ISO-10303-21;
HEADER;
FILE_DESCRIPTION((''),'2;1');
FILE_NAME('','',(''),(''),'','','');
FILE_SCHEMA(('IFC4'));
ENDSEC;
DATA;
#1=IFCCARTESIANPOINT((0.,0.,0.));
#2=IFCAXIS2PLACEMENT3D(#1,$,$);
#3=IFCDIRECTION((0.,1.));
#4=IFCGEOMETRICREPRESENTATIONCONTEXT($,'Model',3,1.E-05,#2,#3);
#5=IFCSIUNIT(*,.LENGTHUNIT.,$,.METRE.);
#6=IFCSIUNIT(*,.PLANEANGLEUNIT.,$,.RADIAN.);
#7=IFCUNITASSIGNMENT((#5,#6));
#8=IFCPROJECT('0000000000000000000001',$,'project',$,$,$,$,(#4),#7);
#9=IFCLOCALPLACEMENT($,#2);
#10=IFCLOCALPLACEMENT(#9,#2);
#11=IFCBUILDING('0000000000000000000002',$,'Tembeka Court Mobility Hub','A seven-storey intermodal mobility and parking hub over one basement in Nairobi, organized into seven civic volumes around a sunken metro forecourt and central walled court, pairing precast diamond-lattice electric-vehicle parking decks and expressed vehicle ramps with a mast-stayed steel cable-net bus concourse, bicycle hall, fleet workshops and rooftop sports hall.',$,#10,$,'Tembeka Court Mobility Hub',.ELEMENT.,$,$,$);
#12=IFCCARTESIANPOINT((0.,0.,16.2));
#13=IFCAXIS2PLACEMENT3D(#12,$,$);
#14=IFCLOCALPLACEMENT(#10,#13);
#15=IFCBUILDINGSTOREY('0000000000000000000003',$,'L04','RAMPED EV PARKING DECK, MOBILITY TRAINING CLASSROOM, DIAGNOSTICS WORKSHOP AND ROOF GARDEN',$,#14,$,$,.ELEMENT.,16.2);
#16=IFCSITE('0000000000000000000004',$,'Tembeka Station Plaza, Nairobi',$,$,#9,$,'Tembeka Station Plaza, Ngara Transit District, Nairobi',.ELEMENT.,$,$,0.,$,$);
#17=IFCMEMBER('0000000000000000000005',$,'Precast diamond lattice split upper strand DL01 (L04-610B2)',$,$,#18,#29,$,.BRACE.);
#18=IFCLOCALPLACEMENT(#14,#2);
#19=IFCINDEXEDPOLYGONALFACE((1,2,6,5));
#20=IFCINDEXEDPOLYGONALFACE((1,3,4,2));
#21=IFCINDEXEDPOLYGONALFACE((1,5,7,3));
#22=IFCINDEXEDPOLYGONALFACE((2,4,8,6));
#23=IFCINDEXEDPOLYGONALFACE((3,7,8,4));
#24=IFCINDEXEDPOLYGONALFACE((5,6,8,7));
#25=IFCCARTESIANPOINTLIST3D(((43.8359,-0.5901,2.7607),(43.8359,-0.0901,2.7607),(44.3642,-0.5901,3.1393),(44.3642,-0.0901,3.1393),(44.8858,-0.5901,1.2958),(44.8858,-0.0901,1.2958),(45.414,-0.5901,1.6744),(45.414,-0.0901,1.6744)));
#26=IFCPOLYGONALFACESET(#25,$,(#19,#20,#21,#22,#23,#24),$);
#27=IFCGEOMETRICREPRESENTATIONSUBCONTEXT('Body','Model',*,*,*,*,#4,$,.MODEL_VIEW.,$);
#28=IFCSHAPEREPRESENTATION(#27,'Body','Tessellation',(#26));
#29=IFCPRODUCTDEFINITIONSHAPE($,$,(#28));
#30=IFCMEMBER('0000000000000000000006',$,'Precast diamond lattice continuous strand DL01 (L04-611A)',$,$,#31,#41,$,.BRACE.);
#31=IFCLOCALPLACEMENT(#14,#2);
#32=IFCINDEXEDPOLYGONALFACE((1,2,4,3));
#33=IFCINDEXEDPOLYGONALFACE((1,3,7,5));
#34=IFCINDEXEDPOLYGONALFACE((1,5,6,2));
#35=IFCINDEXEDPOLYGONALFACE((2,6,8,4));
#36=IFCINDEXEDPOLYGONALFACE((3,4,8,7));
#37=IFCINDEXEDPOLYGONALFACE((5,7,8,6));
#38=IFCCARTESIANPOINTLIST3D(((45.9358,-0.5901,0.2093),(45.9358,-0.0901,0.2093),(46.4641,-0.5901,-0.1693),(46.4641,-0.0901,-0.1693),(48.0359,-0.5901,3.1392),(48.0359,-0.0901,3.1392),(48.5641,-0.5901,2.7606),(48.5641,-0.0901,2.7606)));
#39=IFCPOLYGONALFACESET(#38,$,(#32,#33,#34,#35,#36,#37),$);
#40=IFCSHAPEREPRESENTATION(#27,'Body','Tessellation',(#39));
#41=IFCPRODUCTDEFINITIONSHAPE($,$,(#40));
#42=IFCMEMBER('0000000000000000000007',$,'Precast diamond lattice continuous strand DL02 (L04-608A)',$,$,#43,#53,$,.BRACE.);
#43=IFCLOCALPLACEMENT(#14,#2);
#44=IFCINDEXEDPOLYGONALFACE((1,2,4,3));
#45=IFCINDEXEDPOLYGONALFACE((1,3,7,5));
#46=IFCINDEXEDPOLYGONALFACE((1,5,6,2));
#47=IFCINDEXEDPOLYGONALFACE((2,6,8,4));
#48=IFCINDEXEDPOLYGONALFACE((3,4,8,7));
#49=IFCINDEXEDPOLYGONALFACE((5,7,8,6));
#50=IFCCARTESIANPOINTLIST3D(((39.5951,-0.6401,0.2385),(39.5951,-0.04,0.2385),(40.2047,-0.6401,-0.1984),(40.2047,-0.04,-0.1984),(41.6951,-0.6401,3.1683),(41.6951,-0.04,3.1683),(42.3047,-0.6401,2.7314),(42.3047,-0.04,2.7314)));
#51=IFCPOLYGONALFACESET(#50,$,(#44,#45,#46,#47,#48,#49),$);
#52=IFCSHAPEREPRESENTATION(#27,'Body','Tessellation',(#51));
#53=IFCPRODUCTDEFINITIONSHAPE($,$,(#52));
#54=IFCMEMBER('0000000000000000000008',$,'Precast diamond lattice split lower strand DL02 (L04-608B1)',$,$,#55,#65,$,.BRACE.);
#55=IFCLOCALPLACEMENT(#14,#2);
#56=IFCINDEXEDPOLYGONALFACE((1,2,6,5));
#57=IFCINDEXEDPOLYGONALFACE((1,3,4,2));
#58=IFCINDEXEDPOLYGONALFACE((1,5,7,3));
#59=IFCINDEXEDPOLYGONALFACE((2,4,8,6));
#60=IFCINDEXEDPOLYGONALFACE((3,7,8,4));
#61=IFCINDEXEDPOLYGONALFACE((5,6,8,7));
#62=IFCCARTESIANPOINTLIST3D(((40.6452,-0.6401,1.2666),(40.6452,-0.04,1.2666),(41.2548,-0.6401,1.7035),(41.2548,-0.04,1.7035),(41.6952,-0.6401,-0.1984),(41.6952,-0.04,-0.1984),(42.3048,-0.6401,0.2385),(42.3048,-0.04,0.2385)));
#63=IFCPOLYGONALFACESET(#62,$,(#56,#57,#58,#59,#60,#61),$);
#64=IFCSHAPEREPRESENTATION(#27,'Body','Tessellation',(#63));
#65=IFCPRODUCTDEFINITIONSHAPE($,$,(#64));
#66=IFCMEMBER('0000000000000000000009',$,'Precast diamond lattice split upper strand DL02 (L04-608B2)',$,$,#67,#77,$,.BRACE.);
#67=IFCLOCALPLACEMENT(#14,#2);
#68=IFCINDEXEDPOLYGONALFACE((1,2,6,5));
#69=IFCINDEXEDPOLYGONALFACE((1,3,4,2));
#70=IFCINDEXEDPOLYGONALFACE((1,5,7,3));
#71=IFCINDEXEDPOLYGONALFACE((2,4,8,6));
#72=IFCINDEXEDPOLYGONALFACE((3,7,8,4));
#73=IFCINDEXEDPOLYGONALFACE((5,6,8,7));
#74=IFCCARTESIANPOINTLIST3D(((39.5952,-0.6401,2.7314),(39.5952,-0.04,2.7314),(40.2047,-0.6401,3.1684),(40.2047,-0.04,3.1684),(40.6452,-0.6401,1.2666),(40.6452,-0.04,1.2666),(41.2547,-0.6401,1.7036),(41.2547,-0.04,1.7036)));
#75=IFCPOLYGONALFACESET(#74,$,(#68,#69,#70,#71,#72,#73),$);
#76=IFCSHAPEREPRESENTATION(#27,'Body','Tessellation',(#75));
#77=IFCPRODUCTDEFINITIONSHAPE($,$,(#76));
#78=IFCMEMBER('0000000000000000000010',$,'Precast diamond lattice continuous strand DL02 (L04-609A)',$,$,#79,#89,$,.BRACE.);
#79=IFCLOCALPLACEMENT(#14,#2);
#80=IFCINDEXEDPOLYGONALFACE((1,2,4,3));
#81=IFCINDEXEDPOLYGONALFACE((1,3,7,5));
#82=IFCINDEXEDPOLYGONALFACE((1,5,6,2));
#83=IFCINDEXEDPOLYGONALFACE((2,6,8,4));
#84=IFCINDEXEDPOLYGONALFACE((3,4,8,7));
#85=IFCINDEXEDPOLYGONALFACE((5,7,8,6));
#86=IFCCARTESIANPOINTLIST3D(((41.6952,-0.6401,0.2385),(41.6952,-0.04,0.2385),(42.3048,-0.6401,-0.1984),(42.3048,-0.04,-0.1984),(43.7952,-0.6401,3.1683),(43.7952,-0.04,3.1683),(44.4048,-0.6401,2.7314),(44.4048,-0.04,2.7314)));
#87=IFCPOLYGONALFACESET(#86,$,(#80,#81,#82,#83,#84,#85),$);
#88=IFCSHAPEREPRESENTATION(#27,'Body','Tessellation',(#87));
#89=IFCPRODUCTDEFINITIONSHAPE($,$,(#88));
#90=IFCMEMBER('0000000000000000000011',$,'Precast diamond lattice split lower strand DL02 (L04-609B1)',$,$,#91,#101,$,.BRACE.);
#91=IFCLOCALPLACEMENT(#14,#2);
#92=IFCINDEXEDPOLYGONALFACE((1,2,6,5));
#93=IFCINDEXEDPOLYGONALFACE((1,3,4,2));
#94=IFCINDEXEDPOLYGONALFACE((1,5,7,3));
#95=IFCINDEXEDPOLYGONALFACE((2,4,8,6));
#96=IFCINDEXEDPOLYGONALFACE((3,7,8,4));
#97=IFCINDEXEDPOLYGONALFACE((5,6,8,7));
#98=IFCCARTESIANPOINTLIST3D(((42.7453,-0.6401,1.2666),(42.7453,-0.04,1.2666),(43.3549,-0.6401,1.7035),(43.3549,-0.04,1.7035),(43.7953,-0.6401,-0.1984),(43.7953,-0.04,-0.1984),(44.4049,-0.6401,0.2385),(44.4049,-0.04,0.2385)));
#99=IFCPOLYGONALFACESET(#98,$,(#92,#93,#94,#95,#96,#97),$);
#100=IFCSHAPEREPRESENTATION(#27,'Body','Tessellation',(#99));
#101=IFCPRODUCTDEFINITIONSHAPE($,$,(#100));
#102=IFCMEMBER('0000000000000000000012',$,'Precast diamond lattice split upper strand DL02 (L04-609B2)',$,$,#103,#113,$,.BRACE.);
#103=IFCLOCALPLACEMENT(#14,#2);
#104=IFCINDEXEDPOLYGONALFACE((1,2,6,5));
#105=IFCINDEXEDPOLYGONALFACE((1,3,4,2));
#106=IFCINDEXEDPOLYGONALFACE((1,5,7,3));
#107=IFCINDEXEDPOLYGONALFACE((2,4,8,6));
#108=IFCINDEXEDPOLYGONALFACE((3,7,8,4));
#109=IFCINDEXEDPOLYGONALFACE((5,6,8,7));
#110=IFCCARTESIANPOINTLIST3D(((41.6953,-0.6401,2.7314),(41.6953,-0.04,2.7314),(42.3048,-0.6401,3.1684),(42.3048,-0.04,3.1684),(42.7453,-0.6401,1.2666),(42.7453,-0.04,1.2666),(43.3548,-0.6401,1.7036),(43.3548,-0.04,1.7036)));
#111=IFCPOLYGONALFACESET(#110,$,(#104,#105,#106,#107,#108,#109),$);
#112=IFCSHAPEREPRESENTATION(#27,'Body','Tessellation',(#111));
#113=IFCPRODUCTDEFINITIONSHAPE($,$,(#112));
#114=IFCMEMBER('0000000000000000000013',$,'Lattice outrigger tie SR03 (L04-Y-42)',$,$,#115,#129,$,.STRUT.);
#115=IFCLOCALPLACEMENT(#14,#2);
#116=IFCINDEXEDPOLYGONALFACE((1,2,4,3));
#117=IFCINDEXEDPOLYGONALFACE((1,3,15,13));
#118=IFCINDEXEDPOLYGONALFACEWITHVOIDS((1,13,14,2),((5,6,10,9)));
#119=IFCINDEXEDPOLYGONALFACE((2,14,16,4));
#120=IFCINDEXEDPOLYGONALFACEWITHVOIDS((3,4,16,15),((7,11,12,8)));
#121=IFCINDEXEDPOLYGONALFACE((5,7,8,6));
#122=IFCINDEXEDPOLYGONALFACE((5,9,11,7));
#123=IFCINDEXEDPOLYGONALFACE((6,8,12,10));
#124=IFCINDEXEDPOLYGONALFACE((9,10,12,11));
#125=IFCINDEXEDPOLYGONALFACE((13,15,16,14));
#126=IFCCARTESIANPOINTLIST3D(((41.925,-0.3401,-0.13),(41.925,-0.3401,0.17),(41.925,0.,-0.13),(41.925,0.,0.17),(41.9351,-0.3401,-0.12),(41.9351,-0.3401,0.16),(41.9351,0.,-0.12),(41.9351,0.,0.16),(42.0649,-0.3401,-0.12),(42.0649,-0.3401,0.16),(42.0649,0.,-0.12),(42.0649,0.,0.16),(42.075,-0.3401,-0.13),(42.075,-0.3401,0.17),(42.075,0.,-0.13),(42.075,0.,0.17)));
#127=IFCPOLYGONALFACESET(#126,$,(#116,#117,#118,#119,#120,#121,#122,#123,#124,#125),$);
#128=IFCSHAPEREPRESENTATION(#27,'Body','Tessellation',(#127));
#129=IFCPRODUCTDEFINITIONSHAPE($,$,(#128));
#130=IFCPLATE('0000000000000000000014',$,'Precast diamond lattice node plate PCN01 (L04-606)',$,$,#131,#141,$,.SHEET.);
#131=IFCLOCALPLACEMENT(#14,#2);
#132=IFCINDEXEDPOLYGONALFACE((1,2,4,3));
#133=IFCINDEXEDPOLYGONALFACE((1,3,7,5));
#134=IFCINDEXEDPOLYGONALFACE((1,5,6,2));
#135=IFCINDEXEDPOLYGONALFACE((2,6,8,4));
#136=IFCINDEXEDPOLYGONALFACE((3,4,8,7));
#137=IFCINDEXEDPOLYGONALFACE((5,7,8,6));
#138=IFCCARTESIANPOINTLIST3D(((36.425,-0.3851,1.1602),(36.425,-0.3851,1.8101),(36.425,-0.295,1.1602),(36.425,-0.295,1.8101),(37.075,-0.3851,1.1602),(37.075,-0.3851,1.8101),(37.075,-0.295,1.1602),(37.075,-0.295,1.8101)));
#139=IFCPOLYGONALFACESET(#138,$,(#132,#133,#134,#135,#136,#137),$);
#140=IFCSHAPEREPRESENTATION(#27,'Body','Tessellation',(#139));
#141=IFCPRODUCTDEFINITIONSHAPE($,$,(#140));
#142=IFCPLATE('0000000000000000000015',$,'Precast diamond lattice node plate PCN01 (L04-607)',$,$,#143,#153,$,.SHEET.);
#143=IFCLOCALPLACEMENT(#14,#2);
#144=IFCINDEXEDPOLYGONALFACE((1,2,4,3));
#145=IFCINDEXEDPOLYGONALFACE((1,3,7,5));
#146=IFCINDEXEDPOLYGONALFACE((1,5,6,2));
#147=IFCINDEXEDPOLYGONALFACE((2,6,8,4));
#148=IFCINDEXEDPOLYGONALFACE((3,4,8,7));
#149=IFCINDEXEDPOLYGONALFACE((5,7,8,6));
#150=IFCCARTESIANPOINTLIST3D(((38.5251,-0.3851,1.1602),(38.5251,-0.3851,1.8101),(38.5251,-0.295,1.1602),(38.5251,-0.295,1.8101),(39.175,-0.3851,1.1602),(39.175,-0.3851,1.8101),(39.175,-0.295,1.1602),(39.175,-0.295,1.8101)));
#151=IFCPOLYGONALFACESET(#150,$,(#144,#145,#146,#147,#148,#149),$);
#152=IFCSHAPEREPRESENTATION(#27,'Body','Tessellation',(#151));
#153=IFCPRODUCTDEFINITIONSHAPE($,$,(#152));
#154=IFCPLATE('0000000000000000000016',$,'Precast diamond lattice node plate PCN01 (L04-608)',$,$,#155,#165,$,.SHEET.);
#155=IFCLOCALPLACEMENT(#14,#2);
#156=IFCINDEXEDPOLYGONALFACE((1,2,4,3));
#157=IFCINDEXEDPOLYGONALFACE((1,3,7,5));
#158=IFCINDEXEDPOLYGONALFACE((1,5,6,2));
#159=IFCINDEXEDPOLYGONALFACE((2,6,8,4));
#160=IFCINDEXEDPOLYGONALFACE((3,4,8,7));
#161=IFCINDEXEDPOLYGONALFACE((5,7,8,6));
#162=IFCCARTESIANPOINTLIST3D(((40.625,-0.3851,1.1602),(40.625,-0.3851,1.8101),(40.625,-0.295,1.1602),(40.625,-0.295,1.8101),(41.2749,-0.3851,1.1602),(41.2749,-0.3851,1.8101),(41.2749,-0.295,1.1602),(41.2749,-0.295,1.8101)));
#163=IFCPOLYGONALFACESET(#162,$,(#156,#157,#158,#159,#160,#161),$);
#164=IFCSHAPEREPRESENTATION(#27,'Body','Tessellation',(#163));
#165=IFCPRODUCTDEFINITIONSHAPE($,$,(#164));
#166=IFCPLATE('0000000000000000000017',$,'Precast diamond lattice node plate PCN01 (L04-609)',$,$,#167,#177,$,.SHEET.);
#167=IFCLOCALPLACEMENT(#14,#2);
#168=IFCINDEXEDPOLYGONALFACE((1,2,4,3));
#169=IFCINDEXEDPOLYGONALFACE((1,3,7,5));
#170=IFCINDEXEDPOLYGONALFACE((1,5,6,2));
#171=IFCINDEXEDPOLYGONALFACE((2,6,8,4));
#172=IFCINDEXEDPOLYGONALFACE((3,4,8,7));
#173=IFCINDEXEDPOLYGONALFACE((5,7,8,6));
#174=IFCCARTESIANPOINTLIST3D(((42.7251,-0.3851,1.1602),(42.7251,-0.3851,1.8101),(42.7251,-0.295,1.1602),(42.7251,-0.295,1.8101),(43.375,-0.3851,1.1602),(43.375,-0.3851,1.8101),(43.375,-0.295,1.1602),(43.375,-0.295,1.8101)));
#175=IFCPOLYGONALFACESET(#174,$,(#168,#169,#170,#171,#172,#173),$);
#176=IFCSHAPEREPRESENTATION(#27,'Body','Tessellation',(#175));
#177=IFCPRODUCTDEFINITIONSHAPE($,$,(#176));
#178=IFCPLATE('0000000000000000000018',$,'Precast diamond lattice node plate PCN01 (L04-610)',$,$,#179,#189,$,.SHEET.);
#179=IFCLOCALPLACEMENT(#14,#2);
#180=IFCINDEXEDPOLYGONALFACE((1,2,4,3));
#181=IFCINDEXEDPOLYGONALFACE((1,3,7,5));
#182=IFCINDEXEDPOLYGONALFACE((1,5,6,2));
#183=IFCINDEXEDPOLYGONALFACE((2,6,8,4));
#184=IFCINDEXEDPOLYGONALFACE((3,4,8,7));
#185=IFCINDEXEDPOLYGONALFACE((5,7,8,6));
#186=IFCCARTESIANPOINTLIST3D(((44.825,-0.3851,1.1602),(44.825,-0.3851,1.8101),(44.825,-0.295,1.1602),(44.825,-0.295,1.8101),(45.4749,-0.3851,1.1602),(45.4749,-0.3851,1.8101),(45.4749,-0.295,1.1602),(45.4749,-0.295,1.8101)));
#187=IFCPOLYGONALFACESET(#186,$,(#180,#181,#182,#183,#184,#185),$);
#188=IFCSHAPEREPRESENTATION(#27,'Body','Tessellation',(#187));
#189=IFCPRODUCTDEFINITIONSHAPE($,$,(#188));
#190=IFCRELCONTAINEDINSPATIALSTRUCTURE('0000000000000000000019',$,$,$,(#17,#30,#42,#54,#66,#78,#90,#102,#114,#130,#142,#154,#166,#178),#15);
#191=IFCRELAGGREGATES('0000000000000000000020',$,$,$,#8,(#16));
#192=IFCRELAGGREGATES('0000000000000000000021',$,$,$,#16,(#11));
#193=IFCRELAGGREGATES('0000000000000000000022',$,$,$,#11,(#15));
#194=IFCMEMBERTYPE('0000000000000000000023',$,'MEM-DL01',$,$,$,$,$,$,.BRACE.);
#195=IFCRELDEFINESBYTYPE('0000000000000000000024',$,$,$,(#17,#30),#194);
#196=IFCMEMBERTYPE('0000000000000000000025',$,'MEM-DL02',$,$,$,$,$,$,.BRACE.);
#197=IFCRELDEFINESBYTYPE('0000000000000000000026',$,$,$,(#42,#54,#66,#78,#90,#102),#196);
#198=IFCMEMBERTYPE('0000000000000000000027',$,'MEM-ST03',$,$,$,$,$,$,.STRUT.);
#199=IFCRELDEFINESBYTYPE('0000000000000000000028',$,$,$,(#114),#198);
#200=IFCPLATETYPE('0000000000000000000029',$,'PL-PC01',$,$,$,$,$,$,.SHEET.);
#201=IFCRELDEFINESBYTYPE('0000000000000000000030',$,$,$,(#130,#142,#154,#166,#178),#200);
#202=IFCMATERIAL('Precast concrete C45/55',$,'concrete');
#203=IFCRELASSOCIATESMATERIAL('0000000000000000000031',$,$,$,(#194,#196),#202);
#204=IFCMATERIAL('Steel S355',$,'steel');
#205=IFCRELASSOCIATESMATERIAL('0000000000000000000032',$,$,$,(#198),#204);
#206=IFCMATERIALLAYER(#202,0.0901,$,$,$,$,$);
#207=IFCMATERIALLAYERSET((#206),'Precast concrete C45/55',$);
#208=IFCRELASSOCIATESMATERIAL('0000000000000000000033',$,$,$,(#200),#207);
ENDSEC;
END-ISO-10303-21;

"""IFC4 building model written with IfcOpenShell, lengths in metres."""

from ifc_helpers import new_model, si_unit, direction, frame, origin, origin_2d, place, context, subcontext, project, spatial, rectangle, hollow_rectangle, extrude, material, layer, layer_set, material_profile, profile_set, type_object, element, save


model = new_model("IFC4")

# Units and contexts
model_context = context("Model", 3, precision=1e-05, world=origin(), true_north=direction((0.0, 1.0)))
body_context = subcontext(model_context, "Body", "Model", "MODEL_VIEW")
ifc_project = project(units=[si_unit("LENGTHUNIT", "METRE"), si_unit("PLANEANGLEUNIT", "RADIAN")], contexts=[model_context])

# Site, building, storey
site_placement = place(None, origin())
site = spatial("IfcSite", under=ifc_project, at=site_placement, Name="Tembeka Station Plaza, Nairobi", LongName="Tembeka Station Plaza, Ngara Transit District, Nairobi", CompositionType="ELEMENT", RefElevation=0.0)
building_placement = place(site_placement, origin())
building = spatial("IfcBuilding", under=site, at=building_placement, Name="Tembeka Court Mobility Hub", Description="A seven-storey intermodal mobility and parking hub over one basement in Nairobi, organized into seven civic volumes around a sunken metro forecourt and central walled court, pairing precast diamond-lattice electric-vehicle parking decks and expressed vehicle ramps with a mast-stayed steel cable-net bus concourse, bicycle hall, fleet workshops and rooftop sports hall.", LongName="Tembeka Court Mobility Hub", CompositionType="ELEMENT")
storey_placement = place(building_placement, frame((0.0, 0.0, 16.2)))
storey = spatial("IfcBuildingStorey", under=building, at=storey_placement, Name="L04", Description="RAMPED EV PARKING DECK, MOBILITY TRAINING CLASSROOM, DIAGNOSTICS WORKSHOP AND ROOF GARDEN", CompositionType="ELEMENT", Elevation=16.2)

# Shared definitions
ifc_material_1 = material(Name="Steel S355", Category="steel")

# Shared definitions
ifc_material_2 = material(Name="Precast concrete C45/55", Category="concrete")

# Members
ifc_material_profile_1 = material_profile(ifc_material_2, rectangle(XDim=0.5, YDim=0.6499, at=origin_2d()), Name="PC-DIAG 500x650")
ifc_profile_set_1 = profile_set([ifc_material_profile_1], Name="Precast concrete C45/55")
member_type_1 = type_object("IfcMemberType", Name="MEM-DL01", PredefinedType="BRACE", material=ifc_profile_set_1)
member_1_placement = place(storey_placement, frame((45.1499, -0.3401, 1.4851), z_axis=(-0.582519, 0.0, 0.812817), x_axis=(0.0, -1.0, 0.0)))
element("IfcMember", 1, at=member_1_placement, inside=storey, type_object=member_type_1, Name="Precast diamond lattice split upper strand DL01 (L04-610B2)", PredefinedType="BRACE", context=body_context, shape_type="SweptSolid", body=[
    extrude(rectangle(XDim=0.5, YDim=0.6499, at=origin_2d()), origin(), (0.0, 0.0, 1.0), 1.8022),
])
member_2_placement = place(storey_placement, frame((46.2, -0.3401, 0.02), z_axis=(0.582576, 0.0, 0.812776), x_axis=(0.0, 1.0, 0.0)))
element("IfcMember", 2, at=member_2_placement, inside=storey, type_object=member_type_1, Name="Precast diamond lattice continuous strand DL01 (L04-611A)", PredefinedType="BRACE", context=body_context, shape_type="SweptSolid", body=[
    extrude(rectangle(XDim=0.5, YDim=0.6499, at=origin_2d()), origin(), (0.0, 0.0, 1.0), 3.6047),
])
ifc_material_profile_2 = material_profile(ifc_material_2, rectangle(XDim=0.6001, YDim=0.75, at=origin_2d()), Name="PC-DIAG 600x750")
ifc_profile_set_2 = profile_set([ifc_material_profile_2], Name="Precast concrete C45/55")
member_type_2 = type_object("IfcMemberType", Name="MEM-DL02", PredefinedType="BRACE", material=ifc_profile_set_2)
member_3_placement = place(storey_placement, frame((39.8999, -0.3401, 0.02), z_axis=(0.582576, 0.0, 0.812776), x_axis=(0.0, 1.0, 0.0)))
element("IfcMember", 3, at=member_3_placement, inside=storey, type_object=member_type_2, Name="Precast diamond lattice continuous strand DL02 (L04-608A)", PredefinedType="BRACE", context=body_context, shape_type="SweptSolid", body=[
    extrude(rectangle(XDim=0.6001, YDim=0.75, at=origin_2d()), origin(), (0.0, 0.0, 1.0), 3.6047),
])
member_4_placement = place(storey_placement, frame((42.0, -0.3401, 0.02), z_axis=(-0.582544, 0.0, 0.812799), x_axis=(0.0, -1.0, 0.0)))
element("IfcMember", 4, at=member_4_placement, inside=storey, type_object=member_type_2, Name="Precast diamond lattice split lower strand DL02 (L04-608B1)", PredefinedType="BRACE", context=body_context, shape_type="SweptSolid", body=[
    extrude(rectangle(XDim=0.6001, YDim=0.75, at=origin_2d()), origin(), (0.0, 0.0, 1.0), 1.8025),
])
member_5_placement = place(storey_placement, frame((40.95, -0.3401, 1.4851), z_axis=(-0.582608, 0.0, 0.812753), x_axis=(0.0, -1.0, 0.0)))
element("IfcMember", 5, at=member_5_placement, inside=storey, type_object=member_type_2, Name="Precast diamond lattice split upper strand DL02 (L04-608B2)", PredefinedType="BRACE", context=body_context, shape_type="SweptSolid", body=[
    extrude(rectangle(XDim=0.6001, YDim=0.75, at=origin_2d()), origin(), (0.0, 0.0, 1.0), 1.8022),
])
member_6_placement = place(storey_placement, frame((42.0, -0.3401, 0.02), z_axis=(0.582576, 0.0, 0.812776), x_axis=(0.0, 1.0, 0.0)))
element("IfcMember", 6, at=member_6_placement, inside=storey, type_object=member_type_2, Name="Precast diamond lattice continuous strand DL02 (L04-609A)", PredefinedType="BRACE", context=body_context, shape_type="SweptSolid", body=[
    extrude(rectangle(XDim=0.6001, YDim=0.75, at=origin_2d()), origin(), (0.0, 0.0, 1.0), 3.6047),
])
member_7_placement = place(storey_placement, frame((44.1001, -0.3401, 0.02), z_axis=(-0.582544, 0.0, 0.812799), x_axis=(0.0, -1.0, 0.0)))
element("IfcMember", 7, at=member_7_placement, inside=storey, type_object=member_type_2, Name="Precast diamond lattice split lower strand DL02 (L04-609B1)", PredefinedType="BRACE", context=body_context, shape_type="SweptSolid", body=[
    extrude(rectangle(XDim=0.6001, YDim=0.75, at=origin_2d()), origin(), (0.0, 0.0, 1.0), 1.8025),
])
member_8_placement = place(storey_placement, frame((43.05, -0.3401, 1.4851), z_axis=(-0.582608, 0.0, 0.812753), x_axis=(0.0, -1.0, 0.0)))
element("IfcMember", 8, at=member_8_placement, inside=storey, type_object=member_type_2, Name="Precast diamond lattice split upper strand DL02 (L04-609B2)", PredefinedType="BRACE", context=body_context, shape_type="SweptSolid", body=[
    extrude(rectangle(XDim=0.6001, YDim=0.75, at=origin_2d()), origin(), (0.0, 0.0, 1.0), 1.8022),
])
ifc_material_profile_3 = material_profile(ifc_material_1, hollow_rectangle(XDim=0.1499, YDim=0.3, WallThickness=0.01, at=origin_2d()), Name="RHS 300x150x10")
ifc_profile_set_3 = profile_set([ifc_material_profile_3], Name="Steel S355")
member_type_3 = type_object("IfcMemberType", Name="MEM-ST03", PredefinedType="STRUT", material=ifc_profile_set_3)
member_9_placement = place(storey_placement, frame((42.0, 0.0, 0.02), z_axis=(0.0, -1.0, 0.0), x_axis=(1.0, 0.0, 0.0)))
element("IfcMember", 9, at=member_9_placement, inside=storey, type_object=member_type_3, Name="Lattice outrigger tie SR03 (L04-Y-42)", PredefinedType="STRUT", context=body_context, shape_type="SweptSolid", body=[
    extrude(hollow_rectangle(XDim=0.1499, YDim=0.3, WallThickness=0.01, at=origin_2d()), origin(), (0.0, 0.0, 1.0), 0.3401),
])

# Plates
ifc_layer = layer(ifc_material_2, 0.0901)
ifc_layer_set = layer_set([ifc_layer], Name="Precast concrete C45/55")
plate_type = type_object("IfcPlateType", Name="PL-PC01", PredefinedType="SHEET", material=ifc_layer_set)
for number, where, z_axis, x_axis, name in (
    (10, (36.75, -0.3401, 1.1602), (0.0, 0.0, 1.0), (1.0, 0.0, 0.0), "Precast diamond lattice node plate PCN01 (L04-606)"),
    (11, (38.8501, -0.3401, 1.1602), (0.0, 0.0, 1.0), (1.0, 0.0, 0.0), "Precast diamond lattice node plate PCN01 (L04-607)"),
    (12, (40.95, -0.3401, 1.1602), (0.0, 0.0, 1.0), (1.0, 0.0, 0.0), "Precast diamond lattice node plate PCN01 (L04-608)"),
    (13, (43.05, -0.3401, 1.1602), (0.0, 0.0, 1.0), (1.0, 0.0, 0.0), "Precast diamond lattice node plate PCN01 (L04-609)"),
    (14, (45.1499, -0.3401, 1.1602), (0.0, 0.0, 1.0), (1.0, 0.0, 0.0), "Precast diamond lattice node plate PCN01 (L04-610)"),
):
    element("IfcPlate", number, at=place(storey_placement, frame(where, z_axis=z_axis, x_axis=x_axis)), inside=storey, type_object=plate_type, Name=name, PredefinedType="SHEET", context=body_context, shape_type="SweptSolid", body=[
        extrude(rectangle(XDim=0.6499, YDim=0.0901, at=origin_2d()), origin(), (0.0, 0.0, 1.0), 0.6499),
    ])

save(model, "model.ifc")
